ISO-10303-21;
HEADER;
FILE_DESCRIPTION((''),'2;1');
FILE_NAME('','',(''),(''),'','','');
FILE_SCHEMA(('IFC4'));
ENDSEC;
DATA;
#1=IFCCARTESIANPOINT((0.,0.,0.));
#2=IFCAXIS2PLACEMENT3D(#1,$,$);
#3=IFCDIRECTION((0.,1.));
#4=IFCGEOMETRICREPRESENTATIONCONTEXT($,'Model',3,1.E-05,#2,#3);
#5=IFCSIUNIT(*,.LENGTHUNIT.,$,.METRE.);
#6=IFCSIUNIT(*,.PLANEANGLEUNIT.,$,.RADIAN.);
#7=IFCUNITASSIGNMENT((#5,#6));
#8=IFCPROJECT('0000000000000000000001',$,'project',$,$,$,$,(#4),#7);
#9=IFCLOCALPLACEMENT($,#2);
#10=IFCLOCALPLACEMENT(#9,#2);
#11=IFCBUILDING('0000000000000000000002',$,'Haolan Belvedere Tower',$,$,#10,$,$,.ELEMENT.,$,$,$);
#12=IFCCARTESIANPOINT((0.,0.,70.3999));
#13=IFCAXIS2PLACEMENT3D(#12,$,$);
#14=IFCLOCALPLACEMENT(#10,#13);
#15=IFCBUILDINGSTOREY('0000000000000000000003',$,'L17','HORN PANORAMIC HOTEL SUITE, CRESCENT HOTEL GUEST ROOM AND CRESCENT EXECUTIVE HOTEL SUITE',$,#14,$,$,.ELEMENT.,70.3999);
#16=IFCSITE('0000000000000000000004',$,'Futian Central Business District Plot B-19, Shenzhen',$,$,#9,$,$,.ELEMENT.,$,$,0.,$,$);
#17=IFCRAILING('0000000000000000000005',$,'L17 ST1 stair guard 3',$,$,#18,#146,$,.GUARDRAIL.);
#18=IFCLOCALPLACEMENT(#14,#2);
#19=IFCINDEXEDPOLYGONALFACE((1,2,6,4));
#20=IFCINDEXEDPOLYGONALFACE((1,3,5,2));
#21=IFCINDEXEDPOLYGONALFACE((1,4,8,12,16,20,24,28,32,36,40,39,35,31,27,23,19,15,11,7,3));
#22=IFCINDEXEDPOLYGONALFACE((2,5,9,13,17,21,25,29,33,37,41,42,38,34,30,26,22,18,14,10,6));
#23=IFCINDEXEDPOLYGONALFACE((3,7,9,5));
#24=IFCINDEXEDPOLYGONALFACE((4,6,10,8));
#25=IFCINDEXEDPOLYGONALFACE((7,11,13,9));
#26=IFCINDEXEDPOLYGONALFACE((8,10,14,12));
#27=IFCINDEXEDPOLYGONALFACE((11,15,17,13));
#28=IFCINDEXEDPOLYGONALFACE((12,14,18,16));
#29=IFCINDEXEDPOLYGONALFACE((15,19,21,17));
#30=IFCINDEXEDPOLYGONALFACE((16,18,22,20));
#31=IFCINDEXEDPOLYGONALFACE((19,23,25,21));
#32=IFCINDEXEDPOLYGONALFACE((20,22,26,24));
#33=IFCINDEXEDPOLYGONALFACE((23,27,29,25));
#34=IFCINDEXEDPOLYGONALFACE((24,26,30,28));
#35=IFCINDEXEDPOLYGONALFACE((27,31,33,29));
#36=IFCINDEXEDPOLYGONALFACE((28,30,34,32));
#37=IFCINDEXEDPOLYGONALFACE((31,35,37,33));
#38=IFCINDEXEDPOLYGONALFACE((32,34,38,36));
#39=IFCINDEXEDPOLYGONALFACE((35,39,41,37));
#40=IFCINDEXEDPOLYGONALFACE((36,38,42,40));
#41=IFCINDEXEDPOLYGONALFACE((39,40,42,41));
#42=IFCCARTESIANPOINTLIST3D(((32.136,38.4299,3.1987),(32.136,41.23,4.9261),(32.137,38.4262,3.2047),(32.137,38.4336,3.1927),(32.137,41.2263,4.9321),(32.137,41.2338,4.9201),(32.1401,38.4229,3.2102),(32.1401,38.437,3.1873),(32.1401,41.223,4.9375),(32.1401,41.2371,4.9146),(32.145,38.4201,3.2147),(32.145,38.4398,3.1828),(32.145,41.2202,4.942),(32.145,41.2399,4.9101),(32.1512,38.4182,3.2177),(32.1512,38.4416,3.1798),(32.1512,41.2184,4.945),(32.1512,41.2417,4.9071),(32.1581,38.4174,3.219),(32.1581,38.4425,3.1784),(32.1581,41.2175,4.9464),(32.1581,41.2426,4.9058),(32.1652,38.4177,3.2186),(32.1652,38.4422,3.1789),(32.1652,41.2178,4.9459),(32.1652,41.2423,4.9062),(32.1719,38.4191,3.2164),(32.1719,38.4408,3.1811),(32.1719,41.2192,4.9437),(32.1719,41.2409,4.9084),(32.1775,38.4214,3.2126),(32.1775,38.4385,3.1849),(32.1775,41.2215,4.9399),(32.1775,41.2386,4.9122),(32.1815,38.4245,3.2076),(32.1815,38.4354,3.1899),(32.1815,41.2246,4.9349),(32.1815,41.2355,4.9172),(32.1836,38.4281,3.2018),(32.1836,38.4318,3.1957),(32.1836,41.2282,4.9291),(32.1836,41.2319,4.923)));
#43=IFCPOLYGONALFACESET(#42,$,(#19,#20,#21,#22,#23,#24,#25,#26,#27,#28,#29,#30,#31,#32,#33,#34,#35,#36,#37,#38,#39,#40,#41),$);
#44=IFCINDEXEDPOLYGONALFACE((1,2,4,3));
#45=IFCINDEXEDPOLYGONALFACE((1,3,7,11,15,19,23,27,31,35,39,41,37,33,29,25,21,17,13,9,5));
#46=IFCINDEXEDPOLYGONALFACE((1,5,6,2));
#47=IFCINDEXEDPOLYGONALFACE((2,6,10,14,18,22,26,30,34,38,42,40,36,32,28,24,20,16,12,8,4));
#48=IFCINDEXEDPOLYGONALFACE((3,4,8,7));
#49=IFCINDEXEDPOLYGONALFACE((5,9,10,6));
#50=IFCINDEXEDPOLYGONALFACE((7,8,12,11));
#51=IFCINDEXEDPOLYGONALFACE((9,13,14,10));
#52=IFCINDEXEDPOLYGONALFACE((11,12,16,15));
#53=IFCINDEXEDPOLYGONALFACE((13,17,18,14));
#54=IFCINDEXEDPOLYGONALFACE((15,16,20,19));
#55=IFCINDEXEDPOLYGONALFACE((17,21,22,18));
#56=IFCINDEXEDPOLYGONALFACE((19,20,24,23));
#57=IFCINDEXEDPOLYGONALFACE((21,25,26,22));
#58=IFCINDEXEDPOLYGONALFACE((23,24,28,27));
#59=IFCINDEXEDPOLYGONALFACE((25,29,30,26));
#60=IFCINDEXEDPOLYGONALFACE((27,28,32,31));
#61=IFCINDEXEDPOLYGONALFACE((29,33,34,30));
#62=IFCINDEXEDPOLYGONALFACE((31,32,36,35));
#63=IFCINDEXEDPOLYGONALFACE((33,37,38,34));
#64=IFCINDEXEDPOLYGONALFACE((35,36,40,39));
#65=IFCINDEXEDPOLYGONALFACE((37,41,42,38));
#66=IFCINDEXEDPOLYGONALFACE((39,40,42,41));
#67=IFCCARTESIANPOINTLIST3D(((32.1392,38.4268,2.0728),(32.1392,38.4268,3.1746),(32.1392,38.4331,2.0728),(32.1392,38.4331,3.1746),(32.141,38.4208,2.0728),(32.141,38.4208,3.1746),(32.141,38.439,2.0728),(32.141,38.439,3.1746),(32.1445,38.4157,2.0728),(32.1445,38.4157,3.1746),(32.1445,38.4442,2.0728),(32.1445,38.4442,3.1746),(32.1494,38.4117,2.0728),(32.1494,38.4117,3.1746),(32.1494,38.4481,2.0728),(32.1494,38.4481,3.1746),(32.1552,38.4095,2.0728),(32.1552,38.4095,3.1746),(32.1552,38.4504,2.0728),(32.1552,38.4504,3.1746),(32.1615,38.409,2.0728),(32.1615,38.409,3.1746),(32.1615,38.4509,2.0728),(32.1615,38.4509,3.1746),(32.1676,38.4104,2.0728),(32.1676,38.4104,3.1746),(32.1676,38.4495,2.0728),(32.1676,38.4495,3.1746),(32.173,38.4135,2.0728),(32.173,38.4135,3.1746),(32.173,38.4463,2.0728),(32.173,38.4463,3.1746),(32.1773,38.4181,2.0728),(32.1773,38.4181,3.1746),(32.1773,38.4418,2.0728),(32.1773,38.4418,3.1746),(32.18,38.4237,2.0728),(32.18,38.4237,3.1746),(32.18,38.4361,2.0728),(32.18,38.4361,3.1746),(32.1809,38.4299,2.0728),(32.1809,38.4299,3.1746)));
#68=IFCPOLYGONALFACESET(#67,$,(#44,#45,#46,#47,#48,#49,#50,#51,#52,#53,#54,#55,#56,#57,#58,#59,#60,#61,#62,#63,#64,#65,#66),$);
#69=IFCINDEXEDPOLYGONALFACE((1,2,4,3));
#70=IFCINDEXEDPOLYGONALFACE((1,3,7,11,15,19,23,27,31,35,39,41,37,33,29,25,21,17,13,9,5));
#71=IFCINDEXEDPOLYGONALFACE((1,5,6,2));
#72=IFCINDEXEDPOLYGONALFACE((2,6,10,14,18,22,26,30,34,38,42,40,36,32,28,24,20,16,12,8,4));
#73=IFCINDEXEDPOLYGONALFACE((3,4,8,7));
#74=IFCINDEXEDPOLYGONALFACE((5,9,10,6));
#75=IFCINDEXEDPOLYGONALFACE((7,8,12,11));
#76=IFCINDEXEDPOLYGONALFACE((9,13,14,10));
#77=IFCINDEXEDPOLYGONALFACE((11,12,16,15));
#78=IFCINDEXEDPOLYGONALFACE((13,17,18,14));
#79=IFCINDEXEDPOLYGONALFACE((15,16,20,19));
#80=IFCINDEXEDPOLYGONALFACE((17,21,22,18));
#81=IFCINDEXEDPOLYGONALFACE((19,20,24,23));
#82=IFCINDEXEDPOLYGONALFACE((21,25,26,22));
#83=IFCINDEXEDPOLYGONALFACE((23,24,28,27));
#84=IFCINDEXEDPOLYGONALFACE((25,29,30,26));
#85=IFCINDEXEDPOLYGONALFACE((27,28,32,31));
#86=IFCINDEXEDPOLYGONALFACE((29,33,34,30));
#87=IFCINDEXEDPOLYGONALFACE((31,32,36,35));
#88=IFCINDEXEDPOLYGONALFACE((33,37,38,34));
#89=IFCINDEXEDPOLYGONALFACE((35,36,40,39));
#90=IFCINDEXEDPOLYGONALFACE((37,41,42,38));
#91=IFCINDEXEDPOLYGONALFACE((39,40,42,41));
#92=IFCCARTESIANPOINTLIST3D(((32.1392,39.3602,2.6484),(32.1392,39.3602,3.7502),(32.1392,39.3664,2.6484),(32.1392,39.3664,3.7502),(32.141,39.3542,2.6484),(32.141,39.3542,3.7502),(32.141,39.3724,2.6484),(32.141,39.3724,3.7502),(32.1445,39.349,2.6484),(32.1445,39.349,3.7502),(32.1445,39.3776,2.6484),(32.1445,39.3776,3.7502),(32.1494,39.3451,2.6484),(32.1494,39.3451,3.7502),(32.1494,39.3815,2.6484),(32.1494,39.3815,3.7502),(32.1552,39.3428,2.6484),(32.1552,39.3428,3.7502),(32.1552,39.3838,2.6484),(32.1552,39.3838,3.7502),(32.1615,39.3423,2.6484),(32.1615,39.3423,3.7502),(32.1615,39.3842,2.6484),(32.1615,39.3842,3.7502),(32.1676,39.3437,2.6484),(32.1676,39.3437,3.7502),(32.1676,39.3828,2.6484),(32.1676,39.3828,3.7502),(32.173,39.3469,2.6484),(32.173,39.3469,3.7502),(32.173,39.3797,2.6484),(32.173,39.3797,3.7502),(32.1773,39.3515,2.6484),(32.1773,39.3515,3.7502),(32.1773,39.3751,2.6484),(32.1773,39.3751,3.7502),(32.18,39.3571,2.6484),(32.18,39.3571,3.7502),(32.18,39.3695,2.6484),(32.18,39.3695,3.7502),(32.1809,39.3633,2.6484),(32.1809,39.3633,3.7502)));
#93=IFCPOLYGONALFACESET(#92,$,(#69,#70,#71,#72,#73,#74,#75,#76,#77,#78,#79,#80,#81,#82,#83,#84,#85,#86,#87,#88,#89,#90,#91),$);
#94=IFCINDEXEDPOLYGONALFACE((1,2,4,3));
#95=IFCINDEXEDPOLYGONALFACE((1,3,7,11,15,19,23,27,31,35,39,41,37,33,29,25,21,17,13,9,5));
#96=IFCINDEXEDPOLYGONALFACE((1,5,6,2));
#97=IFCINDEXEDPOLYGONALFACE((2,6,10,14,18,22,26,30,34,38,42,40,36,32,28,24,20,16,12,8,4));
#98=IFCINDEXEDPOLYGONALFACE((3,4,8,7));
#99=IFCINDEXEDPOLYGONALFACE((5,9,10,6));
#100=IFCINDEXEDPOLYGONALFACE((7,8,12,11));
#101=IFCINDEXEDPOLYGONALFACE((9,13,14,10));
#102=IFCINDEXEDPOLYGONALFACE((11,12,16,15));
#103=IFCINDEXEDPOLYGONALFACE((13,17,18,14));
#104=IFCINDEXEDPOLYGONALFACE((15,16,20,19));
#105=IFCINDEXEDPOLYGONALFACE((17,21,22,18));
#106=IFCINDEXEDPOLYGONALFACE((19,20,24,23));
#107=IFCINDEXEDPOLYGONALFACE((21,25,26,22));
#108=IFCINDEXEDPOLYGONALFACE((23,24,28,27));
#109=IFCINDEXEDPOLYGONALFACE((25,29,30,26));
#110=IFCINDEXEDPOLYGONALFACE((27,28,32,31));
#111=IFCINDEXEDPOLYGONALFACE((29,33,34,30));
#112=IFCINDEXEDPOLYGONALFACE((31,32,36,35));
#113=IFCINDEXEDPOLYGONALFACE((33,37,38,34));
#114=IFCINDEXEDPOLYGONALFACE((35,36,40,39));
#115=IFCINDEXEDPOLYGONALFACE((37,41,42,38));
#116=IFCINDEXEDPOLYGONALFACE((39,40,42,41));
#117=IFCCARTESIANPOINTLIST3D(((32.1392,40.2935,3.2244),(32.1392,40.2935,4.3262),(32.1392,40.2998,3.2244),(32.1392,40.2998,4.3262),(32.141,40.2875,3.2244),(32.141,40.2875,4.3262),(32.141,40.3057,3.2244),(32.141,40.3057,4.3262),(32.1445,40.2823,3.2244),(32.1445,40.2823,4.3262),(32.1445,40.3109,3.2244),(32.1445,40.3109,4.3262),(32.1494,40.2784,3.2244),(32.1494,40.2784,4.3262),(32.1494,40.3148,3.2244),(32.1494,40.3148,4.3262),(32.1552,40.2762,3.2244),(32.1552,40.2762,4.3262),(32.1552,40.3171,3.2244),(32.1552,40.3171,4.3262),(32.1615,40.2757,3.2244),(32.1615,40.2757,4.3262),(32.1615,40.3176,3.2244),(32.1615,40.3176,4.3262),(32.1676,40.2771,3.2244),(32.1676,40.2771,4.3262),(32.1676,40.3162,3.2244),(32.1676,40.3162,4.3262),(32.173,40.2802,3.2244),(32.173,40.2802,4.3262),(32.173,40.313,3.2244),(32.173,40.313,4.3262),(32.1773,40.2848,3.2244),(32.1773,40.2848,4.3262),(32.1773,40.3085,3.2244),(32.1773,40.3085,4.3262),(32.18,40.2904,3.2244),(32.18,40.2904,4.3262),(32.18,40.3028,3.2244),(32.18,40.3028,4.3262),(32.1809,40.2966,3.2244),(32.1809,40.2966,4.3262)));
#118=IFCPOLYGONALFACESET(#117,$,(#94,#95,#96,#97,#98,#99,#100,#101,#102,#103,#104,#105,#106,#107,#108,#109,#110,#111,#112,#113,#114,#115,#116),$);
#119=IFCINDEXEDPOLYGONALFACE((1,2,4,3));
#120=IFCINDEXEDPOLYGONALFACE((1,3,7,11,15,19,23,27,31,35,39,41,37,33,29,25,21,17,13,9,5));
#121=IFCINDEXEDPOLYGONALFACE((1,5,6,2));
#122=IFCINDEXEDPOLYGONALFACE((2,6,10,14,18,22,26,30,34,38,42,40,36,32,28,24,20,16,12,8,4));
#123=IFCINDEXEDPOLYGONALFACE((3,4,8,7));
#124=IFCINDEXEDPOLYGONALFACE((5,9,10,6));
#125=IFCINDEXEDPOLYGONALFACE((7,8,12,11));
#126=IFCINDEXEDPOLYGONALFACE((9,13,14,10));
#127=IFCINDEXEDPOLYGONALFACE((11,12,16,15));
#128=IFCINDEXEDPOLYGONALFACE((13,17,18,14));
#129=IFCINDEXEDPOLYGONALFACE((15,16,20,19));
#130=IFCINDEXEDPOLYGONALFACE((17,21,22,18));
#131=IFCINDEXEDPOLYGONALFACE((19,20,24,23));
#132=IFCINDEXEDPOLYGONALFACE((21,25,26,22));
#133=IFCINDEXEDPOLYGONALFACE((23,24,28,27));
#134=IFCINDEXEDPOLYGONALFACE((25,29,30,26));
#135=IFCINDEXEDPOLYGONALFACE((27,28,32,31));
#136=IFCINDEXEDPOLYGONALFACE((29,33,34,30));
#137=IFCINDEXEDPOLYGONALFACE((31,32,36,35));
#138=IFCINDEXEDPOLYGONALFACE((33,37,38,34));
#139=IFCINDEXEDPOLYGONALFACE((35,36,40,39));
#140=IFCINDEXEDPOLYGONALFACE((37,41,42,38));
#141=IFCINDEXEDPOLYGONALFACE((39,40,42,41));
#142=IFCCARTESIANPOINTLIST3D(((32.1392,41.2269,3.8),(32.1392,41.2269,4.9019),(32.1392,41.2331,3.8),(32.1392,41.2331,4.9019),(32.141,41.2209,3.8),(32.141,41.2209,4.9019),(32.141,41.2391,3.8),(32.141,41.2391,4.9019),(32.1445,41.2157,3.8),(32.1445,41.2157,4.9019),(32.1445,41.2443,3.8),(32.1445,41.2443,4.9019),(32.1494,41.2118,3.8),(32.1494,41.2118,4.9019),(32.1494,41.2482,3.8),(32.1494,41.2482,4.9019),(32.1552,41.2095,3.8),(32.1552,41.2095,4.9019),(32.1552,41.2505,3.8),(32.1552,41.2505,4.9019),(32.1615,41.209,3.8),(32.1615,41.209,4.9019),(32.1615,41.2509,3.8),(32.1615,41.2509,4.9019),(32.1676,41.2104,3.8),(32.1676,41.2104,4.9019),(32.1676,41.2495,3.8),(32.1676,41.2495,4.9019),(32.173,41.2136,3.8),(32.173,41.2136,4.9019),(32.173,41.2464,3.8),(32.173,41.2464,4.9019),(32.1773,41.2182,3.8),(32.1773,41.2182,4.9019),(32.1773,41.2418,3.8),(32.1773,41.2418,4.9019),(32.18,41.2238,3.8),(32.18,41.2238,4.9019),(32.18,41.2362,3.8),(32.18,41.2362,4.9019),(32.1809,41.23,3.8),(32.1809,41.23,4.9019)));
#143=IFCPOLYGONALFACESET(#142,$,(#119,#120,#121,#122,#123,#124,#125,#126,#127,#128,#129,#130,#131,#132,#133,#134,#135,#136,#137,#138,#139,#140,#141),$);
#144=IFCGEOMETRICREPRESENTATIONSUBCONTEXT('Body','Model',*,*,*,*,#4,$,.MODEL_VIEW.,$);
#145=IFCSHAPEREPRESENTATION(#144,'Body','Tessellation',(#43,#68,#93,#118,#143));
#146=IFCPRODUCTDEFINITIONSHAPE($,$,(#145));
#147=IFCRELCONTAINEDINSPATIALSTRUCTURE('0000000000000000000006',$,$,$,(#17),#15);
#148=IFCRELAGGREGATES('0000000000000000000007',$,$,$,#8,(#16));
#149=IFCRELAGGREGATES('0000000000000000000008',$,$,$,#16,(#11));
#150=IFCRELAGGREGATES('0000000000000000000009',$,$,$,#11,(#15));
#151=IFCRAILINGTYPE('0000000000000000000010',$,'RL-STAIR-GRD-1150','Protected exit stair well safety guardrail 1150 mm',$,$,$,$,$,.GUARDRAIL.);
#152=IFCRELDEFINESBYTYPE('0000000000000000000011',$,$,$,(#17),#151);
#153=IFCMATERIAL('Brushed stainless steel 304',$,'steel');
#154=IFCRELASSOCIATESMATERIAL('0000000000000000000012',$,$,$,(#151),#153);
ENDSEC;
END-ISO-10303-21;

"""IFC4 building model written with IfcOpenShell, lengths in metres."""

from ifc_helpers import new_model, si_unit, direction, frame, origin, origin_2d, place, context, subcontext, project, spatial, circle, extrude, material, type_object, element, save


model = new_model("IFC4")

# Units and contexts
model_context = context("Model", 3, precision=1e-05, world=origin(), true_north=direction((0.0, 1.0)))
body_context = subcontext(model_context, "Body", "Model", "MODEL_VIEW")
ifc_project = project(units=[si_unit("LENGTHUNIT", "METRE"), si_unit("PLANEANGLEUNIT", "RADIAN")], contexts=[model_context])

# Site, building, storey
site_placement = place(None, origin())
site = spatial("IfcSite", under=ifc_project, at=site_placement, Name="Futian Central Business District Plot B-19, Shenzhen", CompositionType="ELEMENT", RefElevation=0.0)
building_placement = place(site_placement, origin())
building = spatial("IfcBuilding", under=site, at=building_placement, Name="Haolan Belvedere Tower", CompositionType="ELEMENT")
storey_placement = place(building_placement, frame((0.0, 0.0, 70.3999)))
storey = spatial("IfcBuildingStorey", under=building, at=storey_placement, Name="L17", Description="HORN PANORAMIC HOTEL SUITE, CRESCENT HOTEL GUEST ROOM AND CRESCENT EXECUTIVE HOTEL SUITE", CompositionType="ELEMENT", Elevation=70.3999)

# Railing
ifc_material_1 = material(Name="Brushed stainless steel 304", Category="steel")
railing_type = type_object("IfcRailingType", Name="RL-STAIR-GRD-1150", Description="Protected exit stair well safety guardrail 1150 mm", PredefinedType="GUARDRAIL", material=ifc_material_1)
railing_1_placement = place(storey_placement, frame((32.1599, 38.4299, 2.0728)))
element("IfcRailing", 1, at=railing_1_placement, inside=storey, type_object=railing_type, Name="L17 ST1 stair guard 3", PredefinedType="GUARDRAIL", context=body_context, shape_type="SweptSolid", body=[
    extrude(circle(Radius=0.0239, at=origin_2d()), frame((0.0, 0.0, 1.126), z_axis=(0.0, 0.85109, 0.52502), x_axis=(-1.0, 0.0, 0.0)), (0.0, 0.0, 1.0), 3.29),
    extrude(circle(Radius=0.021, at=origin_2d()), origin(), (0.0, 0.0, 1.0), 1.1018),
    extrude(circle(Radius=0.021, at=origin_2d()), frame((0.0, 0.9333, 0.5757)), (0.0, 0.0, 1.0), 1.1018),
    extrude(circle(Radius=0.021, at=origin_2d()), frame((0.0, 1.8667, 1.1516)), (0.0, 0.0, 1.0), 1.1018),
    extrude(circle(Radius=0.021, at=origin_2d()), frame((0.0, 2.8, 1.7273)), (0.0, 0.0, 1.0), 1.1018),
])

save(model, "model.ifc")
